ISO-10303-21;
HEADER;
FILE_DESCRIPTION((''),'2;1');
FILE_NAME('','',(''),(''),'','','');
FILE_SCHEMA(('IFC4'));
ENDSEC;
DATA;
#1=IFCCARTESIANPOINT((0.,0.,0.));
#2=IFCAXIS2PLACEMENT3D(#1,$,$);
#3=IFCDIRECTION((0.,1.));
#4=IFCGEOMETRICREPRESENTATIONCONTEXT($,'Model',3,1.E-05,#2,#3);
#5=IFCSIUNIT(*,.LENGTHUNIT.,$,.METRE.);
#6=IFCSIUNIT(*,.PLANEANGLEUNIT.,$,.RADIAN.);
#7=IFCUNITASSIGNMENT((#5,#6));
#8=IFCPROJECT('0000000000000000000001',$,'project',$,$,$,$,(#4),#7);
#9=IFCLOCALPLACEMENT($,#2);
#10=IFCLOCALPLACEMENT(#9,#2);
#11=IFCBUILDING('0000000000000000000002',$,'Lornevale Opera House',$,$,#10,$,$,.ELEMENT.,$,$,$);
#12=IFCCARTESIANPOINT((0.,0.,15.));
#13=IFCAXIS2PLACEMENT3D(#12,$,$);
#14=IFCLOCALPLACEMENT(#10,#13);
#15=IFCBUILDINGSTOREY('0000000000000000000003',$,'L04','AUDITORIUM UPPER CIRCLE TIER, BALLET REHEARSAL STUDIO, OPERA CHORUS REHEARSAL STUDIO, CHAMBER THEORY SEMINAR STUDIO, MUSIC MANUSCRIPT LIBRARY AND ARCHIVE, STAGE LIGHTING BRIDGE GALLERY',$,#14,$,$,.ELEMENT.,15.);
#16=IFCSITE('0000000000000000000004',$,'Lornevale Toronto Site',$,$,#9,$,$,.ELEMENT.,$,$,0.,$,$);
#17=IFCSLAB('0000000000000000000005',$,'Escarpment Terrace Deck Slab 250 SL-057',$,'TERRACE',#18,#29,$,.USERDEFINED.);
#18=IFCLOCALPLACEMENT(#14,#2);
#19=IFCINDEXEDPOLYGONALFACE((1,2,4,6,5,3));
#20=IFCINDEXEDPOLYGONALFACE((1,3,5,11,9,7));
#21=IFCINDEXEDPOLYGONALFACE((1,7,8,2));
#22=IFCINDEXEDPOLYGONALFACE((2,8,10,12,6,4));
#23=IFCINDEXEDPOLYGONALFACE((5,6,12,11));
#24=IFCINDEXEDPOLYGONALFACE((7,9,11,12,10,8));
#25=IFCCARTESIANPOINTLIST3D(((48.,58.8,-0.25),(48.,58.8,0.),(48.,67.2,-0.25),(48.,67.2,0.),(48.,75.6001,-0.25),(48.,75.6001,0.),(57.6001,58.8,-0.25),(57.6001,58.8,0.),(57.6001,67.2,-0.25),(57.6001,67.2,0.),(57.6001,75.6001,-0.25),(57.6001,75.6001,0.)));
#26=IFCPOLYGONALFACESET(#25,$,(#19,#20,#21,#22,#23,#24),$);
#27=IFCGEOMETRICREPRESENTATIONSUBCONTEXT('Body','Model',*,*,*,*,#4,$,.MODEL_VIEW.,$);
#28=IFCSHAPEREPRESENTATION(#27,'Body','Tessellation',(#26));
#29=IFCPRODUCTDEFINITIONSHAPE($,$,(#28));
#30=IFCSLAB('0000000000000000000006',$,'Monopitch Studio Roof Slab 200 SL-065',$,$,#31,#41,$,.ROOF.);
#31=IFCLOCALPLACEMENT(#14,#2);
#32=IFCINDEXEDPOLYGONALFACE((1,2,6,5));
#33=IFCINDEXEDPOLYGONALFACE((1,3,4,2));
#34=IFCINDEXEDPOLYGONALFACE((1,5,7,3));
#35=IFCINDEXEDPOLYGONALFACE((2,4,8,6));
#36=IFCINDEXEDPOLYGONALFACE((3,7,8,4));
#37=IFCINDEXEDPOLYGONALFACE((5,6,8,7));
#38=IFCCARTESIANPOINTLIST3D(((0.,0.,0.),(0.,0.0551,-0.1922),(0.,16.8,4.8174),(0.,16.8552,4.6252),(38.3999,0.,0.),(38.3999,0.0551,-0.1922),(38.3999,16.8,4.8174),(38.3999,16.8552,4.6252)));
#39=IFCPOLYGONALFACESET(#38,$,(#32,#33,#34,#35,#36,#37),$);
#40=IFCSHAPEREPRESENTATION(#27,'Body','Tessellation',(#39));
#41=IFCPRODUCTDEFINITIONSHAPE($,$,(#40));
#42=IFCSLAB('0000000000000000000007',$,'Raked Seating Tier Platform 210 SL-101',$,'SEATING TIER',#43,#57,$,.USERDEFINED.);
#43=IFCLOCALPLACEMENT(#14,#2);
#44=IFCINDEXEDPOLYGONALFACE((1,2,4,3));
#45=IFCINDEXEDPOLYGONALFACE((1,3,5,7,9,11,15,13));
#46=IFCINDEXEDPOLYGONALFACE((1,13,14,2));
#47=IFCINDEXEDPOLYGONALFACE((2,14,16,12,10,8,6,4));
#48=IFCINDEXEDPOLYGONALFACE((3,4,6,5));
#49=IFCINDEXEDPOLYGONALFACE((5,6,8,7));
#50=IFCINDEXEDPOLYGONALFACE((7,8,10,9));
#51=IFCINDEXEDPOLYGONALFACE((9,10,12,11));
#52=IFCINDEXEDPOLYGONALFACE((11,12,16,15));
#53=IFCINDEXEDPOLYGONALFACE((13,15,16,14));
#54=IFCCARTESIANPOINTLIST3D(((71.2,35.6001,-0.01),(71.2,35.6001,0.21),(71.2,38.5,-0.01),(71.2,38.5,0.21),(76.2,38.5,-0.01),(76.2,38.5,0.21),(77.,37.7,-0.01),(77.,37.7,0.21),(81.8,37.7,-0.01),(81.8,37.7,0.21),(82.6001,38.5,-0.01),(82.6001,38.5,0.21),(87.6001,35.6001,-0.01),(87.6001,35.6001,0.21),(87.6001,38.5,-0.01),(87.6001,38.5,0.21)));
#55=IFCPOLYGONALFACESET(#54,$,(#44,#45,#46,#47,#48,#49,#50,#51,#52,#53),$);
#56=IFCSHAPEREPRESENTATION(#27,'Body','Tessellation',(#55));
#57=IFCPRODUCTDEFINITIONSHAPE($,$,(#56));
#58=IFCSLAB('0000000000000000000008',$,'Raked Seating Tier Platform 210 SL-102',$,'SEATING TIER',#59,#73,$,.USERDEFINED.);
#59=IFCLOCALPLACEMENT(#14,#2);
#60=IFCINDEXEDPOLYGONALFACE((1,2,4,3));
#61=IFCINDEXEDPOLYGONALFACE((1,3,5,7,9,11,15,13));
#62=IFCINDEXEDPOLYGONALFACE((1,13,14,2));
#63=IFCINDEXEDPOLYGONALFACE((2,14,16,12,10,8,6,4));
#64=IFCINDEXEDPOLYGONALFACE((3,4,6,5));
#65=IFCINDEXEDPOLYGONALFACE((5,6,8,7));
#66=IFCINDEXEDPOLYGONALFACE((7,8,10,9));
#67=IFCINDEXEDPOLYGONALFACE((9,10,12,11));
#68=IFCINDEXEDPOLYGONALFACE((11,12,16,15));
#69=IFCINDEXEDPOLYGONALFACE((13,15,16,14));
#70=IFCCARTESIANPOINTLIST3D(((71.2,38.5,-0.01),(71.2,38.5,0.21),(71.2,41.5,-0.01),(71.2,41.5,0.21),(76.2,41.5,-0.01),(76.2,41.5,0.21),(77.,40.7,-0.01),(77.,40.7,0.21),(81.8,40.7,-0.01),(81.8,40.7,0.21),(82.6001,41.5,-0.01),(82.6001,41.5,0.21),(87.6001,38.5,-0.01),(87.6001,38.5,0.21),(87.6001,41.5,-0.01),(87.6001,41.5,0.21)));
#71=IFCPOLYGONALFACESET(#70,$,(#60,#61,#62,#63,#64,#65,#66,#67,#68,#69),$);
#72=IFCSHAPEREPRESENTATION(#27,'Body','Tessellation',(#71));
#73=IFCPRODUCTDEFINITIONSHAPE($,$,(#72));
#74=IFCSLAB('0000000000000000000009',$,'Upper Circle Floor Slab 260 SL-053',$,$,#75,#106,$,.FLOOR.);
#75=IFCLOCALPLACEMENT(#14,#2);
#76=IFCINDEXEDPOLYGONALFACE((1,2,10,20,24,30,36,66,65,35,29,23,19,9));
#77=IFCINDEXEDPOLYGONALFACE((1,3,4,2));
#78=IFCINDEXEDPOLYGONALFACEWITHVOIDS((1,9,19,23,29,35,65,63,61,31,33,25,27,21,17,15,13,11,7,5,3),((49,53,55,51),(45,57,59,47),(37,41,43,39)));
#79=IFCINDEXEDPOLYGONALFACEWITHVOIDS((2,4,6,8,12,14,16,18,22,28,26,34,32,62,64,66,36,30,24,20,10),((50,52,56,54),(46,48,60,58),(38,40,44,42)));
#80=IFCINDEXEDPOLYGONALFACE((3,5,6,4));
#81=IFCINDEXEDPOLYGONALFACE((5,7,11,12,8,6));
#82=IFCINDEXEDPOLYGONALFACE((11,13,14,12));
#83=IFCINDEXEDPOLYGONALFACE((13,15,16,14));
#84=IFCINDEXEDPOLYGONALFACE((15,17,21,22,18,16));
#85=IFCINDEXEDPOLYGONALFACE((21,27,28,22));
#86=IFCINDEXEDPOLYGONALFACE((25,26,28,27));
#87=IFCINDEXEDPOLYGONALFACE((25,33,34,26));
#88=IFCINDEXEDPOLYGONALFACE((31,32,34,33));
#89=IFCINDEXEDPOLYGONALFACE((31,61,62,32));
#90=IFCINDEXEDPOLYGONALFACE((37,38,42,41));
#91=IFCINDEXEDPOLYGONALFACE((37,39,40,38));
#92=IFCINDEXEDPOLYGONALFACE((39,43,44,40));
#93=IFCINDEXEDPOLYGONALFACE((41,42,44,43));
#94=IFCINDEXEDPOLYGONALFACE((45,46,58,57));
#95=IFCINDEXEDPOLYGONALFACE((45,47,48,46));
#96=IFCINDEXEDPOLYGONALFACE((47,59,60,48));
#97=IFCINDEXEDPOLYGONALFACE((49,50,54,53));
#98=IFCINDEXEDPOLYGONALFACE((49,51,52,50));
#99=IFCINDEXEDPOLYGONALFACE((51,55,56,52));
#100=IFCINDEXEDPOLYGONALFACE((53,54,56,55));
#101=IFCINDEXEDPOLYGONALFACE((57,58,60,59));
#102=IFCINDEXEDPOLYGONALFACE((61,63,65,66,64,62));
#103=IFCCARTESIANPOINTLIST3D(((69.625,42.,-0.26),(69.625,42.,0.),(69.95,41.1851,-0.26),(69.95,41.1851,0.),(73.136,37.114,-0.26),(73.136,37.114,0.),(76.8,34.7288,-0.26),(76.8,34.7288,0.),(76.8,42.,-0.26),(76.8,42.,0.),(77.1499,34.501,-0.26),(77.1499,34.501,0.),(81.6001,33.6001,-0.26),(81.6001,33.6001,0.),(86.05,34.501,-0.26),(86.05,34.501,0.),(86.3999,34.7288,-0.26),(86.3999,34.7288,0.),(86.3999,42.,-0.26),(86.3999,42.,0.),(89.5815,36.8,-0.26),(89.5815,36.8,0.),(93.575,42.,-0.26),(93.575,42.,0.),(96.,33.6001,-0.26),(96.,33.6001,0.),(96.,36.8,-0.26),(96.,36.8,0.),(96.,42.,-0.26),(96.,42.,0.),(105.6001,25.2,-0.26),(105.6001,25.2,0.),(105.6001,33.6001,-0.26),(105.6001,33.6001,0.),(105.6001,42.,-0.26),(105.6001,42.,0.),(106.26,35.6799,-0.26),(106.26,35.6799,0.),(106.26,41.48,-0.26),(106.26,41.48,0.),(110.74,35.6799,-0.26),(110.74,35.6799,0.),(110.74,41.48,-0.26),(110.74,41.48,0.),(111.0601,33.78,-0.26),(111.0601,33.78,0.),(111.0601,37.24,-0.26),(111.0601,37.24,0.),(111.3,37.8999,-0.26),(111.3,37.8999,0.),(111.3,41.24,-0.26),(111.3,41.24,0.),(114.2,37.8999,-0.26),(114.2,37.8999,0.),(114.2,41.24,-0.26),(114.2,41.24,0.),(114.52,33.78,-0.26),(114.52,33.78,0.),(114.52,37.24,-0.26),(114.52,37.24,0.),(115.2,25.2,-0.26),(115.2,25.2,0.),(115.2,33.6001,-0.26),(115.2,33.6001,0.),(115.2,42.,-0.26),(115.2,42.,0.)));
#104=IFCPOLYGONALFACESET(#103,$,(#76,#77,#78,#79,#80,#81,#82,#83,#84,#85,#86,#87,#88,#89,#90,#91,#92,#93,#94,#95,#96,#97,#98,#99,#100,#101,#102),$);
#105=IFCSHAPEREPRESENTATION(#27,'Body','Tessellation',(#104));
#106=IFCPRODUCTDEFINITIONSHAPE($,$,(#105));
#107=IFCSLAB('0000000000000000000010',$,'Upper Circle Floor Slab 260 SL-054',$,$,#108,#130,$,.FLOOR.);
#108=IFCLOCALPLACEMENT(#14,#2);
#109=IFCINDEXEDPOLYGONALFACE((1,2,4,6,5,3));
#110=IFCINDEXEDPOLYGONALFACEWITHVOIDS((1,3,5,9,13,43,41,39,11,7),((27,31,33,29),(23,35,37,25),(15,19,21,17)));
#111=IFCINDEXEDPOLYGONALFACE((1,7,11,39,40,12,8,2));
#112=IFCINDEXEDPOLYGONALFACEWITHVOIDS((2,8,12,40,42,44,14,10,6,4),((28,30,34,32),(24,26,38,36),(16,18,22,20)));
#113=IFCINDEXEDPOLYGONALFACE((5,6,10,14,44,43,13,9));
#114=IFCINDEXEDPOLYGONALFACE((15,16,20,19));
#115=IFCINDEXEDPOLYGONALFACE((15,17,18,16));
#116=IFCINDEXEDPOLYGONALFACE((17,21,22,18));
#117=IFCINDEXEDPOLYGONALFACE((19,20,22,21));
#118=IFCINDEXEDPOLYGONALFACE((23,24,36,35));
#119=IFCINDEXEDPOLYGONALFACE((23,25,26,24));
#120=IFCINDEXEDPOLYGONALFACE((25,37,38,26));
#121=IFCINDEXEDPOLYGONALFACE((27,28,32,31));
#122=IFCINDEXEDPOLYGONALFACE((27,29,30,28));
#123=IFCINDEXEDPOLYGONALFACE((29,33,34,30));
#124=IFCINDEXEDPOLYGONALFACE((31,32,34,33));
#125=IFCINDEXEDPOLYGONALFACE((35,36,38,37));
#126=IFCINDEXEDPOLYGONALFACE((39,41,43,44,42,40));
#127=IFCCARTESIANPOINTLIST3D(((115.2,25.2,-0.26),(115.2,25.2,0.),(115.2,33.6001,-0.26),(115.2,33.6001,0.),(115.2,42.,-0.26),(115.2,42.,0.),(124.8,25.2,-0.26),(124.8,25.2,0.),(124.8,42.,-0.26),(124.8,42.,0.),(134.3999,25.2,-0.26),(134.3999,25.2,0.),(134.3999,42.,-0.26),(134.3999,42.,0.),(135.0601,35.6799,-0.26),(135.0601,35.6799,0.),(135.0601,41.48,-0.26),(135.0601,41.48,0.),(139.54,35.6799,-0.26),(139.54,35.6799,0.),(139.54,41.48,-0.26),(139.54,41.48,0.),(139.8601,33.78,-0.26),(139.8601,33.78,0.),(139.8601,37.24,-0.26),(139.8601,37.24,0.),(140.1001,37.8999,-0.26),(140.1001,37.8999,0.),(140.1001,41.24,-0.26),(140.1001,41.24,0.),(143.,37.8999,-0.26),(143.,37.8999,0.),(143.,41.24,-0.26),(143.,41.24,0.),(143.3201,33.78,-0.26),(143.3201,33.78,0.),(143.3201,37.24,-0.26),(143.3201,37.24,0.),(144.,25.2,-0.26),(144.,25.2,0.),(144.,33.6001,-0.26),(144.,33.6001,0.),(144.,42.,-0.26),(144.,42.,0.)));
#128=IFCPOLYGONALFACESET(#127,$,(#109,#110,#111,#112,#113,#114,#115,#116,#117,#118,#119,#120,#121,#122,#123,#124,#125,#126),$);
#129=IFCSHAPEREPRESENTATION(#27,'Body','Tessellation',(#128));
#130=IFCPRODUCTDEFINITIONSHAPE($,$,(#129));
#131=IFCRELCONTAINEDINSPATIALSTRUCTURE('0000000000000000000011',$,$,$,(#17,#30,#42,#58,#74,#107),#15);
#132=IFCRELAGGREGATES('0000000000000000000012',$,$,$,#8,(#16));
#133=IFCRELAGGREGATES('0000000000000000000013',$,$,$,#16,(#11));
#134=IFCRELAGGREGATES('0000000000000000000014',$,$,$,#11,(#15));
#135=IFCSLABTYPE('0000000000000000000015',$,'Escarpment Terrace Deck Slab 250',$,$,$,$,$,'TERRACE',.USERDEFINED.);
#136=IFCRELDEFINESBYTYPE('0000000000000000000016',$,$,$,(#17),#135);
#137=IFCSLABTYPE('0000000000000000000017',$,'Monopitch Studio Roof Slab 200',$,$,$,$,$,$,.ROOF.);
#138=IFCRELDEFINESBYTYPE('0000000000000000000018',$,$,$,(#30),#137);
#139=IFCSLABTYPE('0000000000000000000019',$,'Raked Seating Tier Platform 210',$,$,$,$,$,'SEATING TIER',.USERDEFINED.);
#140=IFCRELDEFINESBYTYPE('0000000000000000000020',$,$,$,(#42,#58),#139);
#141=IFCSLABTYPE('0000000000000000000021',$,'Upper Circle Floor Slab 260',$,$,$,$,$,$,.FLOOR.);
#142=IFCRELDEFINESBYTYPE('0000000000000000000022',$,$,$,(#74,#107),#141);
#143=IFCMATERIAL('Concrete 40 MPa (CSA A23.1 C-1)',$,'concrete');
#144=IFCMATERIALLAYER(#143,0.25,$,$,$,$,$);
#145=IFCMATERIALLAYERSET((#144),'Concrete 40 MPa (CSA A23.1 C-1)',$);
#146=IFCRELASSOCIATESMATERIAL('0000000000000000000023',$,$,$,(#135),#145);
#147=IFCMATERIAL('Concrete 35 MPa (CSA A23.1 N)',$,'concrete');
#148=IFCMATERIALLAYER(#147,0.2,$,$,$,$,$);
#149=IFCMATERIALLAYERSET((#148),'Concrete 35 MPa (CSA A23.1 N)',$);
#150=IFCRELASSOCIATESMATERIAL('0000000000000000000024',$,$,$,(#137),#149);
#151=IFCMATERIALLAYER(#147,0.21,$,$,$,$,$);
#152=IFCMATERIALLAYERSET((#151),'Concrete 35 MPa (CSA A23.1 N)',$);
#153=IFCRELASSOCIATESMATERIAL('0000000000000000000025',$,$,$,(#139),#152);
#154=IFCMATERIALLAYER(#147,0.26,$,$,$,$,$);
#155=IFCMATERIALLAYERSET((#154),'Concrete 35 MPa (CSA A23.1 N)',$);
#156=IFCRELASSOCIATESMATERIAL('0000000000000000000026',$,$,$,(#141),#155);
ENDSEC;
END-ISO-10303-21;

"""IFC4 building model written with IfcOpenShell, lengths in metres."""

from ifc_helpers import new_model, si_unit, direction, frame, origin, place, context, subcontext, project, spatial, polyline, outline, extrude, material, layer, layer_set, type_object, element, save


model = new_model("IFC4")

# Units and contexts
model_context = context("Model", 3, precision=1e-05, world=origin(), true_north=direction((0.0, 1.0)))
body_context = subcontext(model_context, "Body", "Model", "MODEL_VIEW")
ifc_project = project(units=[si_unit("LENGTHUNIT", "METRE"), si_unit("PLANEANGLEUNIT", "RADIAN")], contexts=[model_context])

# Site, building, storey
site_placement = place(None, origin())
site = spatial("IfcSite", under=ifc_project, at=site_placement, Name="Lornevale Toronto Site", CompositionType="ELEMENT", RefElevation=0.0)
building_placement = place(site_placement, origin())
building = spatial("IfcBuilding", under=site, at=building_placement, Name="Lornevale Opera House", CompositionType="ELEMENT")
storey_placement = place(building_placement, frame((0.0, 0.0, 15.0)))
storey = spatial("IfcBuildingStorey", under=building, at=storey_placement, Name="L04", Description="AUDITORIUM UPPER CIRCLE TIER, BALLET REHEARSAL STUDIO, OPERA CHORUS REHEARSAL STUDIO, CHAMBER THEORY SEMINAR STUDIO, MUSIC MANUSCRIPT LIBRARY AND ARCHIVE, STAGE LIGHTING BRIDGE GALLERY", CompositionType="ELEMENT", Elevation=15.0)

# Slabs
ifc_material_1 = material(Name="Concrete 40 MPa (CSA A23.1 C-1)", Category="concrete")
ifc_layer_1 = layer(ifc_material_1, 0.25)
ifc_layer_set_1 = layer_set([ifc_layer_1], Name="Concrete 40 MPa (CSA A23.1 C-1)")
slab_type_1 = type_object("IfcSlabType", Name="Escarpment Terrace Deck Slab 250", ElementType="TERRACE", PredefinedType="USERDEFINED", material=ifc_layer_set_1)
slab_1_placement = place(storey_placement, frame((0.0, 0.0, -0.25)))
element("IfcSlab", 1, at=slab_1_placement, inside=storey, type_object=slab_type_1, Name="Escarpment Terrace Deck Slab 250 SL-057", ObjectType="TERRACE", PredefinedType="USERDEFINED", context=body_context, shape_type="SweptSolid", body=[
    extrude(outline(polyline([(57.6001, 58.8), (48.0, 58.8), (48.0, 67.2), (48.0, 75.6001), (57.6001, 75.6001), (57.6001, 67.2), (57.6001, 58.8)])), origin(), (0.0, 0.0, 1.0), 0.25),
])
ifc_material_2 = material(Name="Concrete 35 MPa (CSA A23.1 N)", Category="concrete")
ifc_layer_2 = layer(ifc_material_2, 0.2)
ifc_layer_set_2 = layer_set([ifc_layer_2], Name="Concrete 35 MPa (CSA A23.1 N)")
slab_type_2 = type_object("IfcSlabType", Name="Monopitch Studio Roof Slab 200", PredefinedType="ROOF", material=ifc_layer_set_2)
slab_2_placement = place(storey_placement, frame((0.0, 0.0, 0.0), z_axis=(0.0, -0.27564, 0.961261), x_axis=(1.0, 0.0, 0.0)))
element("IfcSlab", 2, at=slab_2_placement, inside=storey, type_object=slab_type_2, Name="Monopitch Studio Roof Slab 200 SL-065", PredefinedType="ROOF", context=body_context, shape_type="SweptSolid", body=[
    extrude(outline(polyline([(0.0, 0.0), (38.3999, 0.0), (38.3999, 17.4771), (0.0, 17.4771), (0.0, 0.0)])), origin(), (0.0, 0.0, -1.0), 0.2),
])
ifc_layer_3 = layer(ifc_material_2, 0.21)
ifc_layer_set_3 = layer_set([ifc_layer_3], Name="Concrete 35 MPa (CSA A23.1 N)")
slab_type_3 = type_object("IfcSlabType", Name="Raked Seating Tier Platform 210", ElementType="SEATING TIER", PredefinedType="USERDEFINED", material=ifc_layer_set_3)
slab_3_placement = place(storey_placement, frame((0.0, 0.0, -0.01)))
element("IfcSlab", 3, at=slab_3_placement, inside=storey, type_object=slab_type_3, Name="Raked Seating Tier Platform 210 SL-101", ObjectType="SEATING TIER", PredefinedType="USERDEFINED", context=body_context, shape_type="SweptSolid", body=[
    extrude(outline(polyline([(71.2, 35.6001), (87.6001, 35.6001), (87.6001, 38.5), (82.6001, 38.5), (81.8, 37.7), (77.0, 37.7), (76.2, 38.5), (71.2, 38.5), (71.2, 35.6001)])), origin(), (0.0, 0.0, 1.0), 0.22),
])
slab_4_placement = place(storey_placement, frame((0.0, 0.0, -0.01)))
element("IfcSlab", 4, at=slab_4_placement, inside=storey, type_object=slab_type_3, Name="Raked Seating Tier Platform 210 SL-102", ObjectType="SEATING TIER", PredefinedType="USERDEFINED", context=body_context, shape_type="SweptSolid", body=[
    extrude(outline(polyline([(71.2, 38.5), (87.6001, 38.5), (87.6001, 41.5), (82.6001, 41.5), (81.8, 40.7), (77.0, 40.7), (76.2, 41.5), (71.2, 41.5), (71.2, 38.5)])), origin(), (0.0, 0.0, 1.0), 0.22),
])
ifc_layer_4 = layer(ifc_material_2, 0.26)
ifc_layer_set_4 = layer_set([ifc_layer_4], Name="Concrete 35 MPa (CSA A23.1 N)")
slab_type_4 = type_object("IfcSlabType", Name="Upper Circle Floor Slab 260", PredefinedType="FLOOR", material=ifc_layer_set_4)
slab_5_placement = place(storey_placement, frame((0.0, 0.0, -0.26)))
element("IfcSlab", 5, at=slab_5_placement, inside=storey, type_object=slab_type_4, Name="Upper Circle Floor Slab 260 SL-053", PredefinedType="FLOOR", context=body_context, shape_type="SweptSolid", body=[
    extrude(outline(polyline([(115.2, 25.2), (105.6001, 25.2), (105.6001, 33.6001), (96.0, 33.6001), (96.0, 36.8), (89.5815, 36.8), (86.3999, 34.7288), (86.05, 34.501), (81.6001, 33.6001), (77.1499, 34.501), (76.8, 34.7288), (73.136, 37.114), (69.95, 41.1851), (69.625, 42.0), (76.8, 42.0), (86.3999, 42.0), (93.575, 42.0), (96.0, 42.0), (105.6001, 42.0), (115.2, 42.0), (115.2, 33.6001), (115.2, 25.2)]), holes=[polyline([(111.0601, 33.78), (114.52, 33.78), (114.52, 37.24), (111.0601, 37.24), (111.0601, 33.78)]), polyline([(106.26, 35.6799), (110.74, 35.6799), (110.74, 41.48), (106.26, 41.48), (106.26, 35.6799)]), polyline([(111.3, 37.8999), (114.2, 37.8999), (114.2, 41.24), (111.3, 41.24), (111.3, 37.8999)])]), origin(), (0.0, 0.0, 1.0), 0.26),
])
slab_6_placement = place(storey_placement, frame((0.0, 0.0, -0.26)))
element("IfcSlab", 6, at=slab_6_placement, inside=storey, type_object=slab_type_4, Name="Upper Circle Floor Slab 260 SL-054", PredefinedType="FLOOR", context=body_context, shape_type="SweptSolid", body=[
    extrude(outline(polyline([(115.2, 33.6001), (115.2, 42.0), (124.8, 42.0), (134.3999, 42.0), (144.0, 42.0), (144.0, 33.6001), (144.0, 25.2), (134.3999, 25.2), (124.8, 25.2), (115.2, 25.2), (115.2, 33.6001)]), holes=[polyline([(139.8601, 33.78), (143.3201, 33.78), (143.3201, 37.24), (139.8601, 37.24), (139.8601, 33.78)]), polyline([(135.0601, 35.6799), (139.54, 35.6799), (139.54, 41.48), (135.0601, 41.48), (135.0601, 35.6799)]), polyline([(140.1001, 37.8999), (143.0, 37.8999), (143.0, 41.24), (140.1001, 41.24), (140.1001, 37.8999)])]), origin(), (0.0, 0.0, 1.0), 0.26),
])

save(model, "model.ifc")
